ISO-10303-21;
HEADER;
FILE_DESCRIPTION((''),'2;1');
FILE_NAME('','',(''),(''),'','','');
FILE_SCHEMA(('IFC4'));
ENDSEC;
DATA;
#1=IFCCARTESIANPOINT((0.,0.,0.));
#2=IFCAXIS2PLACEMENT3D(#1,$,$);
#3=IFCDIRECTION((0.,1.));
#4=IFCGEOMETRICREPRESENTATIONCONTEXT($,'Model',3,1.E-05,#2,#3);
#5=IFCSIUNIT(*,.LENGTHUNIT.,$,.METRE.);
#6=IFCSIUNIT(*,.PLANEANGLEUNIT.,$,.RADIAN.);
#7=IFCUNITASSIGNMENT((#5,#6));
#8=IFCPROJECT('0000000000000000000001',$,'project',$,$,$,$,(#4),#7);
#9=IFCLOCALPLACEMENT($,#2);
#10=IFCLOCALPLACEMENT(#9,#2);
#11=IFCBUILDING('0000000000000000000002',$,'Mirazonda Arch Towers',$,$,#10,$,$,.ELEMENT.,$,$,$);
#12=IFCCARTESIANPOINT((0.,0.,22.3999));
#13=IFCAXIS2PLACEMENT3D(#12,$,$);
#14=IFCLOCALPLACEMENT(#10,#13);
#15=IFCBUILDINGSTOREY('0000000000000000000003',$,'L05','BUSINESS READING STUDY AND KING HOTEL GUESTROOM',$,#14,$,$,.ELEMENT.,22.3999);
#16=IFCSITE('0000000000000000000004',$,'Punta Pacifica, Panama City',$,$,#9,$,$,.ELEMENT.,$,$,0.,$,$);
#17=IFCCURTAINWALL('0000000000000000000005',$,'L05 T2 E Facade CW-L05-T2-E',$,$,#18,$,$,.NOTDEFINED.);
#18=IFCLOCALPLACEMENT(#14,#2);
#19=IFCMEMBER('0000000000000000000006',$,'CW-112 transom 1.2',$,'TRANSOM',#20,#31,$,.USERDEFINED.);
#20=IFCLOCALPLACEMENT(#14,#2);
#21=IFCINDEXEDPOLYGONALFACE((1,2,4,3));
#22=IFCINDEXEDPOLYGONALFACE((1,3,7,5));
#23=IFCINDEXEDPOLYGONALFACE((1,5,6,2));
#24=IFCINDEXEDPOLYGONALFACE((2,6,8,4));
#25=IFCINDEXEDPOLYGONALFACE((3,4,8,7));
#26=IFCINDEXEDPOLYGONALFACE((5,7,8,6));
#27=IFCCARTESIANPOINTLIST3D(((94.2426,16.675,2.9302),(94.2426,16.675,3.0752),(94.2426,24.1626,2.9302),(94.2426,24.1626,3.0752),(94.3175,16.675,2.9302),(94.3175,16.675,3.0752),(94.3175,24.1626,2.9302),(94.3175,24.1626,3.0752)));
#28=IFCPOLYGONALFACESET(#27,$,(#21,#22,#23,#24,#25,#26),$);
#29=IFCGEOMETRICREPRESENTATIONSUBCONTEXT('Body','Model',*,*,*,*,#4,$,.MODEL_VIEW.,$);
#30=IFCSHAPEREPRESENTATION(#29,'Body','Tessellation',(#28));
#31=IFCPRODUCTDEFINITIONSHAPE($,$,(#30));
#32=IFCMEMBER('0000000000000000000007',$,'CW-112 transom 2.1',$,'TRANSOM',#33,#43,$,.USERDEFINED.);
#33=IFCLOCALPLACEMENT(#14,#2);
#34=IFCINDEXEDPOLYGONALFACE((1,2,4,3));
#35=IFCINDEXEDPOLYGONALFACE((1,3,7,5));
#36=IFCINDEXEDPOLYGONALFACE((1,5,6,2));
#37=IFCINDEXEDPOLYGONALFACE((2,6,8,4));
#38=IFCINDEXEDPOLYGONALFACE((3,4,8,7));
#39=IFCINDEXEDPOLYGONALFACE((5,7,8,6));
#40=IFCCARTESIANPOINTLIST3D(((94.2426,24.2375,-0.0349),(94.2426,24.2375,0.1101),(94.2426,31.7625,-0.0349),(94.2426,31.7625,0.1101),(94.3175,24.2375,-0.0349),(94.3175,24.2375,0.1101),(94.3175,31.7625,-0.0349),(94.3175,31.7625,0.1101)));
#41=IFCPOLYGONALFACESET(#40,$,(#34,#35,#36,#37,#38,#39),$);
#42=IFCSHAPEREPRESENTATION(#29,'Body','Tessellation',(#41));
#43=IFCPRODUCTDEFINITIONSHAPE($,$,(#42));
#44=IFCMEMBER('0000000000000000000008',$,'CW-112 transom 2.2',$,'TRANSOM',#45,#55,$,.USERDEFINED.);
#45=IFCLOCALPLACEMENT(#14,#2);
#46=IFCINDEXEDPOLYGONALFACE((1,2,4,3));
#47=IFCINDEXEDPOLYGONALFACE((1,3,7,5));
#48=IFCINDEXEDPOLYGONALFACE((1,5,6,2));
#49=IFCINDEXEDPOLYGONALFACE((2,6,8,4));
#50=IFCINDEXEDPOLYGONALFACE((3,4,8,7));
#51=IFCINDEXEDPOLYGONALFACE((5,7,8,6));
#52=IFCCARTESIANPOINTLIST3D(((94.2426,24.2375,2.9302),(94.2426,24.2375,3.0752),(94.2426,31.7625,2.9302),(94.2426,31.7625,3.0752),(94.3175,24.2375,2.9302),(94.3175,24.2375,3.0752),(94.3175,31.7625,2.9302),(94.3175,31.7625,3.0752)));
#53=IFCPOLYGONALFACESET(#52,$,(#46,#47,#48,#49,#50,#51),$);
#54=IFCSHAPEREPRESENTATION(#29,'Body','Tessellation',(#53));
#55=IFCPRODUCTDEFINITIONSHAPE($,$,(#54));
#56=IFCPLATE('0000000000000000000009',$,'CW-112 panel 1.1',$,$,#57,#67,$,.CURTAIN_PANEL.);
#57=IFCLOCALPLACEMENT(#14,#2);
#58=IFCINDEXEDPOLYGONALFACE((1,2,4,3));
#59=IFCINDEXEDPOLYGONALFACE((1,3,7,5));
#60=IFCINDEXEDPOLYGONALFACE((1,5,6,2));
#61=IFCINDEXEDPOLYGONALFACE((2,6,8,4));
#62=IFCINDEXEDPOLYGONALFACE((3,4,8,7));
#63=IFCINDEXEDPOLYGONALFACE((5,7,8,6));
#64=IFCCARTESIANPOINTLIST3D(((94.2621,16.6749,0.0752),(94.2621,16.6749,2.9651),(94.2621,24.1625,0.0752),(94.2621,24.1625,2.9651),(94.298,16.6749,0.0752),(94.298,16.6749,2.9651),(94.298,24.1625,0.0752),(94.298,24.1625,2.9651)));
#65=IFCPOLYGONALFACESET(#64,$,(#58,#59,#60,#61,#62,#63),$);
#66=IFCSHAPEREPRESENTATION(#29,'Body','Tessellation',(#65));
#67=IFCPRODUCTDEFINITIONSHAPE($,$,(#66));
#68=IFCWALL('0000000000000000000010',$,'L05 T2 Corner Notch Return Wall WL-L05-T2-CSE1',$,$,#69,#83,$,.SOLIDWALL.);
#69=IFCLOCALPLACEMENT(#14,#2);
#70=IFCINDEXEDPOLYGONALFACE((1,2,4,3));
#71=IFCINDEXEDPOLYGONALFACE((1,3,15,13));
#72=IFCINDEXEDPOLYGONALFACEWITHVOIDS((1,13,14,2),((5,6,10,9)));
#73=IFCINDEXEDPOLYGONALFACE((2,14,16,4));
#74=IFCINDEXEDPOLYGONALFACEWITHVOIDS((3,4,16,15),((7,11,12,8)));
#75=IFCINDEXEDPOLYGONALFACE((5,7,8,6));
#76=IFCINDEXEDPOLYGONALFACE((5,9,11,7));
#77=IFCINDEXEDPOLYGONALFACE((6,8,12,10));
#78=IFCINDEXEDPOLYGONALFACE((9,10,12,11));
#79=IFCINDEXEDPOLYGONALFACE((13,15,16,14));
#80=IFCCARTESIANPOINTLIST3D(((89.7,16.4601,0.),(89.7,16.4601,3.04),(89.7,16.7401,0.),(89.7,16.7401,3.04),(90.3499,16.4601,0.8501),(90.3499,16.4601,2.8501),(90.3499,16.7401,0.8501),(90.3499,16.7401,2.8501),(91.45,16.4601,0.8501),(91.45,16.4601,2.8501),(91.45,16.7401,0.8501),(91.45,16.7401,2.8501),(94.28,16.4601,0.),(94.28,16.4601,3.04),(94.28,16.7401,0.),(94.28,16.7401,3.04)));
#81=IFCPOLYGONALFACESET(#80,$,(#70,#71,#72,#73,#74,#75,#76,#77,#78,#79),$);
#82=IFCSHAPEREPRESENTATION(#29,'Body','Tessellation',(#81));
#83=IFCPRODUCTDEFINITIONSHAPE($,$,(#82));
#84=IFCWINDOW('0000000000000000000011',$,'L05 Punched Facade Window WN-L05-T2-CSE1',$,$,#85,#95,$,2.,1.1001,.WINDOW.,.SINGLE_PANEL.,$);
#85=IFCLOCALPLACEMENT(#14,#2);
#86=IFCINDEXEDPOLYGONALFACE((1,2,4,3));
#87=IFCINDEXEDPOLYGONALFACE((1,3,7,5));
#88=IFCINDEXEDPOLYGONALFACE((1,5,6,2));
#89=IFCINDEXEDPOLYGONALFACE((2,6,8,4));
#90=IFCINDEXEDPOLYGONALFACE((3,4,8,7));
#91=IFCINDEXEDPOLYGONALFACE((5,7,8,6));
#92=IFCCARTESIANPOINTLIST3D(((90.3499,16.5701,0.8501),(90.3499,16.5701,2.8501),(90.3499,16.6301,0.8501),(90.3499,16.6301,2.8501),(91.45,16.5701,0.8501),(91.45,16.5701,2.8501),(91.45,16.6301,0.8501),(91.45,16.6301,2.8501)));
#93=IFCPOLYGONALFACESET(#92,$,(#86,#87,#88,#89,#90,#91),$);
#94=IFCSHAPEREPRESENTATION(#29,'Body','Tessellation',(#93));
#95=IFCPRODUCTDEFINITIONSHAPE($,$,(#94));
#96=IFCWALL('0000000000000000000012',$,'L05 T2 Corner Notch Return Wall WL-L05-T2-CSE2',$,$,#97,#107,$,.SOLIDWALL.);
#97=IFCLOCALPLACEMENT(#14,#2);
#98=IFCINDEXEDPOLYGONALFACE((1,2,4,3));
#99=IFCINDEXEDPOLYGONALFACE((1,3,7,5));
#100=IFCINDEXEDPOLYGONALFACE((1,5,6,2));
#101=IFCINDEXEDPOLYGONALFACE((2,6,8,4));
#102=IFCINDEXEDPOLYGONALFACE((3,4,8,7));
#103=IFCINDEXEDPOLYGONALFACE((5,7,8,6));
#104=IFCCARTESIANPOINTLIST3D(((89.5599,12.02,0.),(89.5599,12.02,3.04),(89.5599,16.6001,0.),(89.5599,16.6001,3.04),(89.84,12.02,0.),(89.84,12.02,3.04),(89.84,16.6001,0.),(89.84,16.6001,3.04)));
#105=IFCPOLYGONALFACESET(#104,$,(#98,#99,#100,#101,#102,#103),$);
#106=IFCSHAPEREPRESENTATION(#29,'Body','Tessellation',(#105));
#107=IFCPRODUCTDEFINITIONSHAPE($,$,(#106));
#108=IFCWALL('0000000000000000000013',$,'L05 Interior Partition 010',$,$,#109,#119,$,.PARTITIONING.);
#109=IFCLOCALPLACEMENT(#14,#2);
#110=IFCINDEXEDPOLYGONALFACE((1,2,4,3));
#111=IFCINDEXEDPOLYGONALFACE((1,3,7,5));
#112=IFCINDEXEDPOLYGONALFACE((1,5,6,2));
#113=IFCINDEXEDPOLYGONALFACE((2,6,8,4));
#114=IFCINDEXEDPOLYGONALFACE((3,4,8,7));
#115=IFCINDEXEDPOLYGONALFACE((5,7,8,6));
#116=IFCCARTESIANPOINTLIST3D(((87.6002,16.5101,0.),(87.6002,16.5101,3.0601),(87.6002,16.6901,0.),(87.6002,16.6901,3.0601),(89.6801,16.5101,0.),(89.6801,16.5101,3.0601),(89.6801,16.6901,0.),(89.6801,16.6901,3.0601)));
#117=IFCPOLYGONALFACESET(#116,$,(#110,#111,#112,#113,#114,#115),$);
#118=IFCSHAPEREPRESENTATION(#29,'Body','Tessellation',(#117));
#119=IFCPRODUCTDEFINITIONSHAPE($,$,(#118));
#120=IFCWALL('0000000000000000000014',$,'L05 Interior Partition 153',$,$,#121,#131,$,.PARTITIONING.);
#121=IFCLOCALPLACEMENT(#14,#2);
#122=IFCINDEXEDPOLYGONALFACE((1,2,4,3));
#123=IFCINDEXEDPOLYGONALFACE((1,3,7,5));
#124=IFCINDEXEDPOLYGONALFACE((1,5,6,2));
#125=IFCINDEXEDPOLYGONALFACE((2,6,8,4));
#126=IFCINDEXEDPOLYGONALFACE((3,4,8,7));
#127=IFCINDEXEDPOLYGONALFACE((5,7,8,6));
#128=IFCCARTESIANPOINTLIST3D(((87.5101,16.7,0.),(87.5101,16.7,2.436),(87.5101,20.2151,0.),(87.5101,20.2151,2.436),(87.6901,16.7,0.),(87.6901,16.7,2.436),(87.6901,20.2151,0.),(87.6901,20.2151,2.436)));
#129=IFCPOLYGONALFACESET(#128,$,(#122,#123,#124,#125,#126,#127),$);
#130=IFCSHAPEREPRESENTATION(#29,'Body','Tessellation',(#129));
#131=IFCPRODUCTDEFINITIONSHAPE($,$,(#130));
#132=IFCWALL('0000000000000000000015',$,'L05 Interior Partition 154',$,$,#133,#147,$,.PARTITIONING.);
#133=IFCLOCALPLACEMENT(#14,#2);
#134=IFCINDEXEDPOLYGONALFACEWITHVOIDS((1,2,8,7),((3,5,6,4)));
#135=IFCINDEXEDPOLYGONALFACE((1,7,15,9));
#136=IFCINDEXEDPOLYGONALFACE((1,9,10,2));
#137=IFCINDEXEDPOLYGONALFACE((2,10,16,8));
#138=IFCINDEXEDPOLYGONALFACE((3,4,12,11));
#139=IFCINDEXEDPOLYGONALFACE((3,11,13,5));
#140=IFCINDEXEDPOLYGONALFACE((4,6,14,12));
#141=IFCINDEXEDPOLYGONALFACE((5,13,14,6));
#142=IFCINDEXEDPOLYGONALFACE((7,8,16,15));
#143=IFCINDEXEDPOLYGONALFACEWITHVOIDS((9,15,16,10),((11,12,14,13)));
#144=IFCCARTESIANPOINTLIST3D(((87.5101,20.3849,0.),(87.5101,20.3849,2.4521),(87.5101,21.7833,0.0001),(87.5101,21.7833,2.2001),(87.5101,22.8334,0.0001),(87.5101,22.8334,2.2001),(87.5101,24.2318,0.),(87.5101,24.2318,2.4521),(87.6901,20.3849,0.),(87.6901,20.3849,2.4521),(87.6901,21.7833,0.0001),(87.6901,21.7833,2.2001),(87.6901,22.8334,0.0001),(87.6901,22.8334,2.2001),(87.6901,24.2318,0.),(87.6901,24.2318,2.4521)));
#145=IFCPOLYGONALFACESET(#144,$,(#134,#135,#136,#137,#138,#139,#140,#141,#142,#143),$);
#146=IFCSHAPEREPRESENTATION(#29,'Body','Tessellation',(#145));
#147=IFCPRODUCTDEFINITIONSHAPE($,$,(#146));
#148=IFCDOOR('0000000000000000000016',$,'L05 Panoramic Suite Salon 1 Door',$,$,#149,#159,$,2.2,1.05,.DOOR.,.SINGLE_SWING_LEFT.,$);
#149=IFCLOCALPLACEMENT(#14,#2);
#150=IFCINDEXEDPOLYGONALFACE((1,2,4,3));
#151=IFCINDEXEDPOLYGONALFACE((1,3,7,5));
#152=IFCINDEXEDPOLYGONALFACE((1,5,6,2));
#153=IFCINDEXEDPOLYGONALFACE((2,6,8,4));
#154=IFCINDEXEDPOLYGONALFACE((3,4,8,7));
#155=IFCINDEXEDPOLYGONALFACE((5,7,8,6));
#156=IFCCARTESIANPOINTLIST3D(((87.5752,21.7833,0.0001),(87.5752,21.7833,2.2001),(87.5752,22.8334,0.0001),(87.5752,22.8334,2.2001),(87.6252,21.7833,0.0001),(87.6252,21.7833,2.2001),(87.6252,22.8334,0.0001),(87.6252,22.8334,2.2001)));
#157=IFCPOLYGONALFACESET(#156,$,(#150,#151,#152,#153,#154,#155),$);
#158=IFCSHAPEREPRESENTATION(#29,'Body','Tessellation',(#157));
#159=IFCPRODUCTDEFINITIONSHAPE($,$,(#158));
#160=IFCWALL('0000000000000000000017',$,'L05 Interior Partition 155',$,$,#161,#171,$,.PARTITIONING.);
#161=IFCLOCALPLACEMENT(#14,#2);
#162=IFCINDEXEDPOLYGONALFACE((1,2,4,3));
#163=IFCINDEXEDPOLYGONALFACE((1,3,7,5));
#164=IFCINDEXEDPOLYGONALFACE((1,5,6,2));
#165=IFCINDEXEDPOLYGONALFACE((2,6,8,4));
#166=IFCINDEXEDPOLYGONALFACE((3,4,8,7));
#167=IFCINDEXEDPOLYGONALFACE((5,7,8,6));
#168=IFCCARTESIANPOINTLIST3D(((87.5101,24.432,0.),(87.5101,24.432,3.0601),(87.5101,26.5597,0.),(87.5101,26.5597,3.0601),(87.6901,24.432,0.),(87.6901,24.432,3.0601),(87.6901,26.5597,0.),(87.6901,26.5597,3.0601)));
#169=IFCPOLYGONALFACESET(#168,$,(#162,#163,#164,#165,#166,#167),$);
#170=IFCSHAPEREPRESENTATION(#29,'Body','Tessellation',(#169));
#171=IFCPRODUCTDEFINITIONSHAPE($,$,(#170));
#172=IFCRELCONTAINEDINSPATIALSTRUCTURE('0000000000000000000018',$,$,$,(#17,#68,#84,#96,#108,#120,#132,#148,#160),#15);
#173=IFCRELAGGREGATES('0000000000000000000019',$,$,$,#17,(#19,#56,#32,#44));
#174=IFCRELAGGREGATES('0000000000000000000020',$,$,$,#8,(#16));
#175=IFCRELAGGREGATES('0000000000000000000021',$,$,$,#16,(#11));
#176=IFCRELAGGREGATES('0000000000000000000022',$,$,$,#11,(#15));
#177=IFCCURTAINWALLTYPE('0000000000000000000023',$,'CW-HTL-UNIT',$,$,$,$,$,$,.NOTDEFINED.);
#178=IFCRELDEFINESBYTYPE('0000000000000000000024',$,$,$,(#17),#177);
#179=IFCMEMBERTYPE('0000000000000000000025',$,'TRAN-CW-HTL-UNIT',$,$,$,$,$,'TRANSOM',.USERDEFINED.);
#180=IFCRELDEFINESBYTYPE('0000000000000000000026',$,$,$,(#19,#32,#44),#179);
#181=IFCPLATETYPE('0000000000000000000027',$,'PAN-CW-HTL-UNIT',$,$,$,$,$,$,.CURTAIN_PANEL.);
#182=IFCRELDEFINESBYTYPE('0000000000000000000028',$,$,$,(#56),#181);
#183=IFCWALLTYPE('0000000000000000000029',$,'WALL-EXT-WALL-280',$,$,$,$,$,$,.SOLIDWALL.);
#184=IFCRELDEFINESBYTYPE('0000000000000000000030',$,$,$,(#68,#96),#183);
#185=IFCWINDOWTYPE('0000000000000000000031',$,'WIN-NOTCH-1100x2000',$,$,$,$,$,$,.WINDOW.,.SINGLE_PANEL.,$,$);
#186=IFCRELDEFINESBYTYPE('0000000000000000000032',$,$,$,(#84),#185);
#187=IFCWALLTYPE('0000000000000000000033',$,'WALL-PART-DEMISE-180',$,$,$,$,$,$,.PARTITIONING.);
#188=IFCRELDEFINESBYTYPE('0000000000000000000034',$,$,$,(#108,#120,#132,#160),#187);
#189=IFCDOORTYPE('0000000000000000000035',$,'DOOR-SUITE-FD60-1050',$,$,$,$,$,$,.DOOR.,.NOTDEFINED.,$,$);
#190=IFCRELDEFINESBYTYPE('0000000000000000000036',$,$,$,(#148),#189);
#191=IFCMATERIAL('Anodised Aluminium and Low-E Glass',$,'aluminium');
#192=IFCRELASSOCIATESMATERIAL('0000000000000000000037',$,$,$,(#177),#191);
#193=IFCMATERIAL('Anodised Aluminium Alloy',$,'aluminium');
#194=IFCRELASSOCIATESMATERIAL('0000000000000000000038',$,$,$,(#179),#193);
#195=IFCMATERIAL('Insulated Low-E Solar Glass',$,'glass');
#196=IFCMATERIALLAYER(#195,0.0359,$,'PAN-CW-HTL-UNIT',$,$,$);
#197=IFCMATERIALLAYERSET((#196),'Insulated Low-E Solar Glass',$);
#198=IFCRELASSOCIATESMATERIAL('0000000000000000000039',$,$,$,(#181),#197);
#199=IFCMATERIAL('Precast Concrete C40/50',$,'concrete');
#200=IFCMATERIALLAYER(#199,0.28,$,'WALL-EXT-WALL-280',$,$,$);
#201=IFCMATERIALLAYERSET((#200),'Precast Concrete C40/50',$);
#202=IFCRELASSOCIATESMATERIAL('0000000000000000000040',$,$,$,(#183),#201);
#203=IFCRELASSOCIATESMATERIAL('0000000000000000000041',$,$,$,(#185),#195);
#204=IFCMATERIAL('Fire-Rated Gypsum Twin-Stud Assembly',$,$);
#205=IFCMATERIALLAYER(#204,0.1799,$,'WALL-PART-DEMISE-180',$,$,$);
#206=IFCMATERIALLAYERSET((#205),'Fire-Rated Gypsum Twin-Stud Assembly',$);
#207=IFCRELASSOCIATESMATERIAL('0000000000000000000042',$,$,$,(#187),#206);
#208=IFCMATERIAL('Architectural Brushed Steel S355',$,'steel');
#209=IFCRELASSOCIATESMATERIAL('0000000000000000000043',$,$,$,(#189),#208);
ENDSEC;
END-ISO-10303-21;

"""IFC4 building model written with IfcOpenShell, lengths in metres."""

from ifc_helpers import new_model, si_unit, direction, frame, frame_2d, origin, origin_2d, place, context, subcontext, project, spatial, rectangle, extrude, material, layer, layer_set, material_profile, profile_set, type_object, element, fill, aggregate, save


model = new_model("IFC4")

# Units and contexts
model_context = context("Model", 3, precision=1e-05, world=origin(), true_north=direction((0.0, 1.0)))
body_context = subcontext(model_context, "Body", "Model", "MODEL_VIEW")
ifc_project = project(units=[si_unit("LENGTHUNIT", "METRE"), si_unit("PLANEANGLEUNIT", "RADIAN")], contexts=[model_context])

# Site, building, storey
site_placement = place(None, origin())
site = spatial("IfcSite", under=ifc_project, at=site_placement, Name="Punta Pacifica, Panama City", CompositionType="ELEMENT", RefElevation=0.0)
building_placement = place(site_placement, origin())
building = spatial("IfcBuilding", under=site, at=building_placement, Name="Mirazonda Arch Towers", CompositionType="ELEMENT")
storey_placement = place(building_placement, frame((0.0, 0.0, 22.3999)))
storey = spatial("IfcBuildingStorey", under=building, at=storey_placement, Name="L05", Description="BUSINESS READING STUDY AND KING HOTEL GUESTROOM", CompositionType="ELEMENT", Elevation=22.3999)

# Shared definitions
ifc_material_1 = material(Name="Anodised Aluminium and Low-E Glass", Category="aluminium")
curtain_wall_type = type_object("IfcCurtainWallType", Name="CW-HTL-UNIT", PredefinedType="NOTDEFINED", material=ifc_material_1)
ifc_material_2 = material(Name="Anodised Aluminium Alloy", Category="aluminium")

# Curtain wall
curtain_wall_1_placement = place(storey_placement, origin())
curtain_wall_1 = element("IfcCurtainWall", 1, at=curtain_wall_1_placement, inside=storey, type_object=curtain_wall_type, Name="L05 T2 E Facade CW-L05-T2-E", PredefinedType="NOTDEFINED")

# Members
ifc_material_profile_1 = material_profile(ifc_material_2, rectangle(XDim=0.075, YDim=0.145, at=origin_2d()), Name="ALU-TRAN-75x145")
ifc_profile_set_1 = profile_set([ifc_material_profile_1], Name="Anodised Aluminium Alloy")
member_type_1 = type_object("IfcMemberType", Name="TRAN-CW-HTL-UNIT", ElementType="TRANSOM", PredefinedType="USERDEFINED", material=ifc_profile_set_1)
member_1_placement = place(storey_placement, frame((94.28, 16.675, 3.0027), z_axis=(0.0, 1.0, 0.0), x_axis=(-1.0, 0.0, 0.0)))
member_1 = element("IfcMember", 2, at=member_1_placement, type_object=member_type_1, Name="CW-112 transom 1.2", ObjectType="TRANSOM", PredefinedType="USERDEFINED", context=body_context, shape_type="SweptSolid", body=[
    extrude(rectangle(XDim=0.075, YDim=0.145, at=origin_2d()), origin(), (0.0, 0.0, 1.0), 7.4875),
])
member_2_placement = place(storey_placement, frame((94.28, 24.2375, 0.0376), z_axis=(0.0, 1.0, 0.0), x_axis=(-1.0, 0.0, 0.0)))
member_2 = element("IfcMember", 3, at=member_2_placement, type_object=member_type_1, Name="CW-112 transom 2.1", ObjectType="TRANSOM", PredefinedType="USERDEFINED", context=body_context, shape_type="SweptSolid", body=[
    extrude(rectangle(XDim=0.075, YDim=0.145, at=origin_2d()), origin(), (0.0, 0.0, 1.0), 7.5249),
])
member_3_placement = place(storey_placement, frame((94.28, 24.2375, 3.0027), z_axis=(0.0, 1.0, 0.0), x_axis=(-1.0, 0.0, 0.0)))
member_3 = element("IfcMember", 4, at=member_3_placement, type_object=member_type_1, Name="CW-112 transom 2.2", ObjectType="TRANSOM", PredefinedType="USERDEFINED", context=body_context, shape_type="SweptSolid", body=[
    extrude(rectangle(XDim=0.075, YDim=0.145, at=origin_2d()), origin(), (0.0, 0.0, 1.0), 7.5249),
])

# Plate
ifc_material_3 = material(Name="Insulated Low-E Solar Glass", Category="glass")
ifc_layer_1 = layer(ifc_material_3, 0.0359, Name="PAN-CW-HTL-UNIT")
ifc_layer_set_1 = layer_set([ifc_layer_1], Name="Insulated Low-E Solar Glass")
plate_type = type_object("IfcPlateType", Name="PAN-CW-HTL-UNIT", PredefinedType="CURTAIN_PANEL", material=ifc_layer_set_1)
plate_placement = place(storey_placement, frame((94.28, 20.4187, 0.0752), z_axis=(0.0, 0.0, 1.0), x_axis=(0.0, 1.0, 0.0)))
plate = element("IfcPlate", 5, at=plate_placement, type_object=plate_type, Name="CW-112 panel 1.1", PredefinedType="CURTAIN_PANEL", context=body_context, shape_type="SweptSolid", body=[
    extrude(rectangle(XDim=7.4875, YDim=0.0359, at=origin_2d()), origin(), (0.0, 0.0, 1.0), 2.8899),
])
aggregate(curtain_wall_1, [member_1, plate, member_2, member_3])

# Wall, opening, window
ifc_material_4 = material(Name="Precast Concrete C40/50", Category="concrete")
ifc_layer_2 = layer(ifc_material_4, 0.28, Name="WALL-EXT-WALL-280")
ifc_layer_set_2 = layer_set([ifc_layer_2], Name="Precast Concrete C40/50")
wall_type_1 = type_object("IfcWallType", Name="WALL-EXT-WALL-280", PredefinedType="SOLIDWALL", material=ifc_layer_set_2)
wall_1_placement = place(storey_placement, frame((89.7, 16.6001, 0.0), z_axis=(0.0, 0.0, 1.0), x_axis=(1.0, 0.0, 0.0)))
wall_1 = element("IfcWall", 6, at=wall_1_placement, inside=storey, type_object=wall_type_1, Name="L05 T2 Corner Notch Return Wall WL-L05-T2-CSE1", PredefinedType="SOLIDWALL", context=body_context, shape_type="SweptSolid", body=[
    extrude(rectangle(XDim=4.5801, YDim=0.28, at=frame_2d((2.29, 0.0))), origin(), (0.0, 0.0, 1.0), 3.04),
])
opening_1_placement = place(wall_1_placement, frame((0.6499, 0.0, 0.8501)))
opening_1 = element("IfcOpeningElement", 7, at=opening_1_placement, cuts=wall_1, PredefinedType="OPENING", context=body_context, shape_type="SweptSolid", body=[
    extrude(rectangle(XDim=1.1001, YDim=2.0, at=frame_2d((0.55, 1.0))), frame((0.0, 0.1499, 0.0), z_axis=(0.0, -1.0, 0.0), x_axis=(1.0, 0.0, 0.0)), (0.0, 0.0, 1.0), 0.3),
])
window_type = type_object("IfcWindowType", Name="WIN-NOTCH-1100x2000", PartitioningType="SINGLE_PANEL", PredefinedType="WINDOW", material=ifc_material_3)
window_placement = place(opening_1_placement, origin())
window = element("IfcWindow", 8, at=window_placement, inside=storey, type_object=window_type, Name="L05 Punched Facade Window WN-L05-T2-CSE1", OverallHeight=2.0, OverallWidth=1.1001, PartitioningType="SINGLE_PANEL", PredefinedType="WINDOW", context=body_context, shape_type="SweptSolid", body=[
    extrude(rectangle(XDim=1.1001, YDim=2.0, at=frame_2d((0.55, 1.0))), frame((0.0, 0.03, 0.0), z_axis=(0.0, -1.0, 0.0), x_axis=(1.0, 0.0, 0.0)), (0.0, 0.0, 1.0), 0.0601),
])
fill(opening_1, window)

# Walls
wall_2_placement = place(storey_placement, frame((89.7, 12.02, 0.0), z_axis=(0.0, 0.0, 1.0), x_axis=(0.0, 1.0, 0.0)))
element("IfcWall", 9, at=wall_2_placement, inside=storey, type_object=wall_type_1, Name="L05 T2 Corner Notch Return Wall WL-L05-T2-CSE2", PredefinedType="SOLIDWALL", context=body_context, shape_type="SweptSolid", body=[
    extrude(rectangle(XDim=4.5801, YDim=0.28, at=frame_2d((2.29, 0.0))), origin(), (0.0, 0.0, 1.0), 3.04),
])
ifc_material_5 = material(Name="Fire-Rated Gypsum Twin-Stud Assembly")
ifc_layer_3 = layer(ifc_material_5, 0.1799, Name="WALL-PART-DEMISE-180")
ifc_layer_set_3 = layer_set([ifc_layer_3], Name="Fire-Rated Gypsum Twin-Stud Assembly")
wall_type_2 = type_object("IfcWallType", Name="WALL-PART-DEMISE-180", PredefinedType="PARTITIONING", material=ifc_layer_set_3)
wall_3_placement = place(storey_placement, frame((87.6001, 16.6001, 0.0), z_axis=(0.0, 0.0, 1.0), x_axis=(1.0, 0.0, 0.0)))
element("IfcWall", 10, at=wall_3_placement, inside=storey, type_object=wall_type_2, Name="L05 Interior Partition 010", PredefinedType="PARTITIONING", context=body_context, shape_type="SweptSolid", body=[
    extrude(rectangle(XDim=2.0798, YDim=0.1799, at=frame_2d((1.04, 0.0))), origin(), (0.0, 0.0, 1.0), 3.0601),
])

# Shared definitions
ifc_material_6 = material(Name="Architectural Brushed Steel S355", Category="steel")

# Wall
wall_4_placement = place(storey_placement, frame((87.6001, 16.7, 0.0), z_axis=(0.0, 0.0, 1.0), x_axis=(0.0, 1.0, 0.0)))
element("IfcWall", 11, at=wall_4_placement, inside=storey, type_object=wall_type_2, Name="L05 Interior Partition 153", PredefinedType="PARTITIONING", context=body_context, shape_type="SweptSolid", body=[
    extrude(rectangle(XDim=3.5151, YDim=0.1799, at=frame_2d((1.7576, 0.0))), origin(), (0.0, 0.0, 1.0), 2.436),
])

# Wall, opening, door
wall_5_placement = place(storey_placement, frame((87.6001, 20.385, 0.0), z_axis=(0.0, 0.0, 1.0), x_axis=(0.0, 1.0, 0.0)))
wall_5 = element("IfcWall", 12, at=wall_5_placement, inside=storey, type_object=wall_type_2, Name="L05 Interior Partition 154", PredefinedType="PARTITIONING", context=body_context, shape_type="SweptSolid", body=[
    extrude(rectangle(XDim=3.8469, YDim=0.1799, at=frame_2d((1.9233, 0.0))), origin(), (0.0, 0.0, 1.0), 2.4521),
])
opening_2_placement = place(wall_5_placement, frame((1.3984, 0.0, 0.0)))
opening_2 = element("IfcOpeningElement", 13, at=opening_2_placement, cuts=wall_5, PredefinedType="OPENING", context=body_context, shape_type="SweptSolid", body=[
    extrude(rectangle(XDim=1.05, YDim=2.2, at=frame_2d((0.5249, 1.1001))), frame((0.0, 0.0999, 0.0), z_axis=(0.0, -1.0, 0.0), x_axis=(1.0, 0.0, 0.0)), (0.0, 0.0, 1.0), 0.2),
])
door_type_1 = type_object("IfcDoorType", Name="DOOR-SUITE-FD60-1050", OperationType="NOTDEFINED", PredefinedType="DOOR", material=ifc_material_6)
door_1_placement = place(opening_2_placement, origin())
door_1 = element("IfcDoor", 14, at=door_1_placement, inside=storey, type_object=door_type_1, Name="L05 Panoramic Suite Salon 1 Door", OperationType="SINGLE_SWING_LEFT", OverallHeight=2.2, OverallWidth=1.05, PredefinedType="DOOR", context=body_context, shape_type="SweptSolid", body=[
    extrude(rectangle(XDim=1.05, YDim=2.2, at=frame_2d((0.5249, 1.1001))), frame((0.0, 0.0249, 0.0), z_axis=(0.0, -1.0, 0.0), x_axis=(1.0, 0.0, 0.0)), (0.0, 0.0, 1.0), 0.05),
])
fill(opening_2, door_1)

# Wall
wall_6_placement = place(storey_placement, frame((87.6001, 24.4319, 0.0), z_axis=(0.0, 0.0, 1.0), x_axis=(0.0, 1.0, 0.0)))
element("IfcWall", 15, at=wall_6_placement, inside=storey, type_object=wall_type_2, Name="L05 Interior Partition 155", PredefinedType="PARTITIONING", context=body_context, shape_type="SweptSolid", body=[
    extrude(rectangle(XDim=2.1277, YDim=0.1799, at=frame_2d((1.064, 0.0))), origin(), (0.0, 0.0, 1.0), 3.0601),
])

save(model, "model.ifc")
